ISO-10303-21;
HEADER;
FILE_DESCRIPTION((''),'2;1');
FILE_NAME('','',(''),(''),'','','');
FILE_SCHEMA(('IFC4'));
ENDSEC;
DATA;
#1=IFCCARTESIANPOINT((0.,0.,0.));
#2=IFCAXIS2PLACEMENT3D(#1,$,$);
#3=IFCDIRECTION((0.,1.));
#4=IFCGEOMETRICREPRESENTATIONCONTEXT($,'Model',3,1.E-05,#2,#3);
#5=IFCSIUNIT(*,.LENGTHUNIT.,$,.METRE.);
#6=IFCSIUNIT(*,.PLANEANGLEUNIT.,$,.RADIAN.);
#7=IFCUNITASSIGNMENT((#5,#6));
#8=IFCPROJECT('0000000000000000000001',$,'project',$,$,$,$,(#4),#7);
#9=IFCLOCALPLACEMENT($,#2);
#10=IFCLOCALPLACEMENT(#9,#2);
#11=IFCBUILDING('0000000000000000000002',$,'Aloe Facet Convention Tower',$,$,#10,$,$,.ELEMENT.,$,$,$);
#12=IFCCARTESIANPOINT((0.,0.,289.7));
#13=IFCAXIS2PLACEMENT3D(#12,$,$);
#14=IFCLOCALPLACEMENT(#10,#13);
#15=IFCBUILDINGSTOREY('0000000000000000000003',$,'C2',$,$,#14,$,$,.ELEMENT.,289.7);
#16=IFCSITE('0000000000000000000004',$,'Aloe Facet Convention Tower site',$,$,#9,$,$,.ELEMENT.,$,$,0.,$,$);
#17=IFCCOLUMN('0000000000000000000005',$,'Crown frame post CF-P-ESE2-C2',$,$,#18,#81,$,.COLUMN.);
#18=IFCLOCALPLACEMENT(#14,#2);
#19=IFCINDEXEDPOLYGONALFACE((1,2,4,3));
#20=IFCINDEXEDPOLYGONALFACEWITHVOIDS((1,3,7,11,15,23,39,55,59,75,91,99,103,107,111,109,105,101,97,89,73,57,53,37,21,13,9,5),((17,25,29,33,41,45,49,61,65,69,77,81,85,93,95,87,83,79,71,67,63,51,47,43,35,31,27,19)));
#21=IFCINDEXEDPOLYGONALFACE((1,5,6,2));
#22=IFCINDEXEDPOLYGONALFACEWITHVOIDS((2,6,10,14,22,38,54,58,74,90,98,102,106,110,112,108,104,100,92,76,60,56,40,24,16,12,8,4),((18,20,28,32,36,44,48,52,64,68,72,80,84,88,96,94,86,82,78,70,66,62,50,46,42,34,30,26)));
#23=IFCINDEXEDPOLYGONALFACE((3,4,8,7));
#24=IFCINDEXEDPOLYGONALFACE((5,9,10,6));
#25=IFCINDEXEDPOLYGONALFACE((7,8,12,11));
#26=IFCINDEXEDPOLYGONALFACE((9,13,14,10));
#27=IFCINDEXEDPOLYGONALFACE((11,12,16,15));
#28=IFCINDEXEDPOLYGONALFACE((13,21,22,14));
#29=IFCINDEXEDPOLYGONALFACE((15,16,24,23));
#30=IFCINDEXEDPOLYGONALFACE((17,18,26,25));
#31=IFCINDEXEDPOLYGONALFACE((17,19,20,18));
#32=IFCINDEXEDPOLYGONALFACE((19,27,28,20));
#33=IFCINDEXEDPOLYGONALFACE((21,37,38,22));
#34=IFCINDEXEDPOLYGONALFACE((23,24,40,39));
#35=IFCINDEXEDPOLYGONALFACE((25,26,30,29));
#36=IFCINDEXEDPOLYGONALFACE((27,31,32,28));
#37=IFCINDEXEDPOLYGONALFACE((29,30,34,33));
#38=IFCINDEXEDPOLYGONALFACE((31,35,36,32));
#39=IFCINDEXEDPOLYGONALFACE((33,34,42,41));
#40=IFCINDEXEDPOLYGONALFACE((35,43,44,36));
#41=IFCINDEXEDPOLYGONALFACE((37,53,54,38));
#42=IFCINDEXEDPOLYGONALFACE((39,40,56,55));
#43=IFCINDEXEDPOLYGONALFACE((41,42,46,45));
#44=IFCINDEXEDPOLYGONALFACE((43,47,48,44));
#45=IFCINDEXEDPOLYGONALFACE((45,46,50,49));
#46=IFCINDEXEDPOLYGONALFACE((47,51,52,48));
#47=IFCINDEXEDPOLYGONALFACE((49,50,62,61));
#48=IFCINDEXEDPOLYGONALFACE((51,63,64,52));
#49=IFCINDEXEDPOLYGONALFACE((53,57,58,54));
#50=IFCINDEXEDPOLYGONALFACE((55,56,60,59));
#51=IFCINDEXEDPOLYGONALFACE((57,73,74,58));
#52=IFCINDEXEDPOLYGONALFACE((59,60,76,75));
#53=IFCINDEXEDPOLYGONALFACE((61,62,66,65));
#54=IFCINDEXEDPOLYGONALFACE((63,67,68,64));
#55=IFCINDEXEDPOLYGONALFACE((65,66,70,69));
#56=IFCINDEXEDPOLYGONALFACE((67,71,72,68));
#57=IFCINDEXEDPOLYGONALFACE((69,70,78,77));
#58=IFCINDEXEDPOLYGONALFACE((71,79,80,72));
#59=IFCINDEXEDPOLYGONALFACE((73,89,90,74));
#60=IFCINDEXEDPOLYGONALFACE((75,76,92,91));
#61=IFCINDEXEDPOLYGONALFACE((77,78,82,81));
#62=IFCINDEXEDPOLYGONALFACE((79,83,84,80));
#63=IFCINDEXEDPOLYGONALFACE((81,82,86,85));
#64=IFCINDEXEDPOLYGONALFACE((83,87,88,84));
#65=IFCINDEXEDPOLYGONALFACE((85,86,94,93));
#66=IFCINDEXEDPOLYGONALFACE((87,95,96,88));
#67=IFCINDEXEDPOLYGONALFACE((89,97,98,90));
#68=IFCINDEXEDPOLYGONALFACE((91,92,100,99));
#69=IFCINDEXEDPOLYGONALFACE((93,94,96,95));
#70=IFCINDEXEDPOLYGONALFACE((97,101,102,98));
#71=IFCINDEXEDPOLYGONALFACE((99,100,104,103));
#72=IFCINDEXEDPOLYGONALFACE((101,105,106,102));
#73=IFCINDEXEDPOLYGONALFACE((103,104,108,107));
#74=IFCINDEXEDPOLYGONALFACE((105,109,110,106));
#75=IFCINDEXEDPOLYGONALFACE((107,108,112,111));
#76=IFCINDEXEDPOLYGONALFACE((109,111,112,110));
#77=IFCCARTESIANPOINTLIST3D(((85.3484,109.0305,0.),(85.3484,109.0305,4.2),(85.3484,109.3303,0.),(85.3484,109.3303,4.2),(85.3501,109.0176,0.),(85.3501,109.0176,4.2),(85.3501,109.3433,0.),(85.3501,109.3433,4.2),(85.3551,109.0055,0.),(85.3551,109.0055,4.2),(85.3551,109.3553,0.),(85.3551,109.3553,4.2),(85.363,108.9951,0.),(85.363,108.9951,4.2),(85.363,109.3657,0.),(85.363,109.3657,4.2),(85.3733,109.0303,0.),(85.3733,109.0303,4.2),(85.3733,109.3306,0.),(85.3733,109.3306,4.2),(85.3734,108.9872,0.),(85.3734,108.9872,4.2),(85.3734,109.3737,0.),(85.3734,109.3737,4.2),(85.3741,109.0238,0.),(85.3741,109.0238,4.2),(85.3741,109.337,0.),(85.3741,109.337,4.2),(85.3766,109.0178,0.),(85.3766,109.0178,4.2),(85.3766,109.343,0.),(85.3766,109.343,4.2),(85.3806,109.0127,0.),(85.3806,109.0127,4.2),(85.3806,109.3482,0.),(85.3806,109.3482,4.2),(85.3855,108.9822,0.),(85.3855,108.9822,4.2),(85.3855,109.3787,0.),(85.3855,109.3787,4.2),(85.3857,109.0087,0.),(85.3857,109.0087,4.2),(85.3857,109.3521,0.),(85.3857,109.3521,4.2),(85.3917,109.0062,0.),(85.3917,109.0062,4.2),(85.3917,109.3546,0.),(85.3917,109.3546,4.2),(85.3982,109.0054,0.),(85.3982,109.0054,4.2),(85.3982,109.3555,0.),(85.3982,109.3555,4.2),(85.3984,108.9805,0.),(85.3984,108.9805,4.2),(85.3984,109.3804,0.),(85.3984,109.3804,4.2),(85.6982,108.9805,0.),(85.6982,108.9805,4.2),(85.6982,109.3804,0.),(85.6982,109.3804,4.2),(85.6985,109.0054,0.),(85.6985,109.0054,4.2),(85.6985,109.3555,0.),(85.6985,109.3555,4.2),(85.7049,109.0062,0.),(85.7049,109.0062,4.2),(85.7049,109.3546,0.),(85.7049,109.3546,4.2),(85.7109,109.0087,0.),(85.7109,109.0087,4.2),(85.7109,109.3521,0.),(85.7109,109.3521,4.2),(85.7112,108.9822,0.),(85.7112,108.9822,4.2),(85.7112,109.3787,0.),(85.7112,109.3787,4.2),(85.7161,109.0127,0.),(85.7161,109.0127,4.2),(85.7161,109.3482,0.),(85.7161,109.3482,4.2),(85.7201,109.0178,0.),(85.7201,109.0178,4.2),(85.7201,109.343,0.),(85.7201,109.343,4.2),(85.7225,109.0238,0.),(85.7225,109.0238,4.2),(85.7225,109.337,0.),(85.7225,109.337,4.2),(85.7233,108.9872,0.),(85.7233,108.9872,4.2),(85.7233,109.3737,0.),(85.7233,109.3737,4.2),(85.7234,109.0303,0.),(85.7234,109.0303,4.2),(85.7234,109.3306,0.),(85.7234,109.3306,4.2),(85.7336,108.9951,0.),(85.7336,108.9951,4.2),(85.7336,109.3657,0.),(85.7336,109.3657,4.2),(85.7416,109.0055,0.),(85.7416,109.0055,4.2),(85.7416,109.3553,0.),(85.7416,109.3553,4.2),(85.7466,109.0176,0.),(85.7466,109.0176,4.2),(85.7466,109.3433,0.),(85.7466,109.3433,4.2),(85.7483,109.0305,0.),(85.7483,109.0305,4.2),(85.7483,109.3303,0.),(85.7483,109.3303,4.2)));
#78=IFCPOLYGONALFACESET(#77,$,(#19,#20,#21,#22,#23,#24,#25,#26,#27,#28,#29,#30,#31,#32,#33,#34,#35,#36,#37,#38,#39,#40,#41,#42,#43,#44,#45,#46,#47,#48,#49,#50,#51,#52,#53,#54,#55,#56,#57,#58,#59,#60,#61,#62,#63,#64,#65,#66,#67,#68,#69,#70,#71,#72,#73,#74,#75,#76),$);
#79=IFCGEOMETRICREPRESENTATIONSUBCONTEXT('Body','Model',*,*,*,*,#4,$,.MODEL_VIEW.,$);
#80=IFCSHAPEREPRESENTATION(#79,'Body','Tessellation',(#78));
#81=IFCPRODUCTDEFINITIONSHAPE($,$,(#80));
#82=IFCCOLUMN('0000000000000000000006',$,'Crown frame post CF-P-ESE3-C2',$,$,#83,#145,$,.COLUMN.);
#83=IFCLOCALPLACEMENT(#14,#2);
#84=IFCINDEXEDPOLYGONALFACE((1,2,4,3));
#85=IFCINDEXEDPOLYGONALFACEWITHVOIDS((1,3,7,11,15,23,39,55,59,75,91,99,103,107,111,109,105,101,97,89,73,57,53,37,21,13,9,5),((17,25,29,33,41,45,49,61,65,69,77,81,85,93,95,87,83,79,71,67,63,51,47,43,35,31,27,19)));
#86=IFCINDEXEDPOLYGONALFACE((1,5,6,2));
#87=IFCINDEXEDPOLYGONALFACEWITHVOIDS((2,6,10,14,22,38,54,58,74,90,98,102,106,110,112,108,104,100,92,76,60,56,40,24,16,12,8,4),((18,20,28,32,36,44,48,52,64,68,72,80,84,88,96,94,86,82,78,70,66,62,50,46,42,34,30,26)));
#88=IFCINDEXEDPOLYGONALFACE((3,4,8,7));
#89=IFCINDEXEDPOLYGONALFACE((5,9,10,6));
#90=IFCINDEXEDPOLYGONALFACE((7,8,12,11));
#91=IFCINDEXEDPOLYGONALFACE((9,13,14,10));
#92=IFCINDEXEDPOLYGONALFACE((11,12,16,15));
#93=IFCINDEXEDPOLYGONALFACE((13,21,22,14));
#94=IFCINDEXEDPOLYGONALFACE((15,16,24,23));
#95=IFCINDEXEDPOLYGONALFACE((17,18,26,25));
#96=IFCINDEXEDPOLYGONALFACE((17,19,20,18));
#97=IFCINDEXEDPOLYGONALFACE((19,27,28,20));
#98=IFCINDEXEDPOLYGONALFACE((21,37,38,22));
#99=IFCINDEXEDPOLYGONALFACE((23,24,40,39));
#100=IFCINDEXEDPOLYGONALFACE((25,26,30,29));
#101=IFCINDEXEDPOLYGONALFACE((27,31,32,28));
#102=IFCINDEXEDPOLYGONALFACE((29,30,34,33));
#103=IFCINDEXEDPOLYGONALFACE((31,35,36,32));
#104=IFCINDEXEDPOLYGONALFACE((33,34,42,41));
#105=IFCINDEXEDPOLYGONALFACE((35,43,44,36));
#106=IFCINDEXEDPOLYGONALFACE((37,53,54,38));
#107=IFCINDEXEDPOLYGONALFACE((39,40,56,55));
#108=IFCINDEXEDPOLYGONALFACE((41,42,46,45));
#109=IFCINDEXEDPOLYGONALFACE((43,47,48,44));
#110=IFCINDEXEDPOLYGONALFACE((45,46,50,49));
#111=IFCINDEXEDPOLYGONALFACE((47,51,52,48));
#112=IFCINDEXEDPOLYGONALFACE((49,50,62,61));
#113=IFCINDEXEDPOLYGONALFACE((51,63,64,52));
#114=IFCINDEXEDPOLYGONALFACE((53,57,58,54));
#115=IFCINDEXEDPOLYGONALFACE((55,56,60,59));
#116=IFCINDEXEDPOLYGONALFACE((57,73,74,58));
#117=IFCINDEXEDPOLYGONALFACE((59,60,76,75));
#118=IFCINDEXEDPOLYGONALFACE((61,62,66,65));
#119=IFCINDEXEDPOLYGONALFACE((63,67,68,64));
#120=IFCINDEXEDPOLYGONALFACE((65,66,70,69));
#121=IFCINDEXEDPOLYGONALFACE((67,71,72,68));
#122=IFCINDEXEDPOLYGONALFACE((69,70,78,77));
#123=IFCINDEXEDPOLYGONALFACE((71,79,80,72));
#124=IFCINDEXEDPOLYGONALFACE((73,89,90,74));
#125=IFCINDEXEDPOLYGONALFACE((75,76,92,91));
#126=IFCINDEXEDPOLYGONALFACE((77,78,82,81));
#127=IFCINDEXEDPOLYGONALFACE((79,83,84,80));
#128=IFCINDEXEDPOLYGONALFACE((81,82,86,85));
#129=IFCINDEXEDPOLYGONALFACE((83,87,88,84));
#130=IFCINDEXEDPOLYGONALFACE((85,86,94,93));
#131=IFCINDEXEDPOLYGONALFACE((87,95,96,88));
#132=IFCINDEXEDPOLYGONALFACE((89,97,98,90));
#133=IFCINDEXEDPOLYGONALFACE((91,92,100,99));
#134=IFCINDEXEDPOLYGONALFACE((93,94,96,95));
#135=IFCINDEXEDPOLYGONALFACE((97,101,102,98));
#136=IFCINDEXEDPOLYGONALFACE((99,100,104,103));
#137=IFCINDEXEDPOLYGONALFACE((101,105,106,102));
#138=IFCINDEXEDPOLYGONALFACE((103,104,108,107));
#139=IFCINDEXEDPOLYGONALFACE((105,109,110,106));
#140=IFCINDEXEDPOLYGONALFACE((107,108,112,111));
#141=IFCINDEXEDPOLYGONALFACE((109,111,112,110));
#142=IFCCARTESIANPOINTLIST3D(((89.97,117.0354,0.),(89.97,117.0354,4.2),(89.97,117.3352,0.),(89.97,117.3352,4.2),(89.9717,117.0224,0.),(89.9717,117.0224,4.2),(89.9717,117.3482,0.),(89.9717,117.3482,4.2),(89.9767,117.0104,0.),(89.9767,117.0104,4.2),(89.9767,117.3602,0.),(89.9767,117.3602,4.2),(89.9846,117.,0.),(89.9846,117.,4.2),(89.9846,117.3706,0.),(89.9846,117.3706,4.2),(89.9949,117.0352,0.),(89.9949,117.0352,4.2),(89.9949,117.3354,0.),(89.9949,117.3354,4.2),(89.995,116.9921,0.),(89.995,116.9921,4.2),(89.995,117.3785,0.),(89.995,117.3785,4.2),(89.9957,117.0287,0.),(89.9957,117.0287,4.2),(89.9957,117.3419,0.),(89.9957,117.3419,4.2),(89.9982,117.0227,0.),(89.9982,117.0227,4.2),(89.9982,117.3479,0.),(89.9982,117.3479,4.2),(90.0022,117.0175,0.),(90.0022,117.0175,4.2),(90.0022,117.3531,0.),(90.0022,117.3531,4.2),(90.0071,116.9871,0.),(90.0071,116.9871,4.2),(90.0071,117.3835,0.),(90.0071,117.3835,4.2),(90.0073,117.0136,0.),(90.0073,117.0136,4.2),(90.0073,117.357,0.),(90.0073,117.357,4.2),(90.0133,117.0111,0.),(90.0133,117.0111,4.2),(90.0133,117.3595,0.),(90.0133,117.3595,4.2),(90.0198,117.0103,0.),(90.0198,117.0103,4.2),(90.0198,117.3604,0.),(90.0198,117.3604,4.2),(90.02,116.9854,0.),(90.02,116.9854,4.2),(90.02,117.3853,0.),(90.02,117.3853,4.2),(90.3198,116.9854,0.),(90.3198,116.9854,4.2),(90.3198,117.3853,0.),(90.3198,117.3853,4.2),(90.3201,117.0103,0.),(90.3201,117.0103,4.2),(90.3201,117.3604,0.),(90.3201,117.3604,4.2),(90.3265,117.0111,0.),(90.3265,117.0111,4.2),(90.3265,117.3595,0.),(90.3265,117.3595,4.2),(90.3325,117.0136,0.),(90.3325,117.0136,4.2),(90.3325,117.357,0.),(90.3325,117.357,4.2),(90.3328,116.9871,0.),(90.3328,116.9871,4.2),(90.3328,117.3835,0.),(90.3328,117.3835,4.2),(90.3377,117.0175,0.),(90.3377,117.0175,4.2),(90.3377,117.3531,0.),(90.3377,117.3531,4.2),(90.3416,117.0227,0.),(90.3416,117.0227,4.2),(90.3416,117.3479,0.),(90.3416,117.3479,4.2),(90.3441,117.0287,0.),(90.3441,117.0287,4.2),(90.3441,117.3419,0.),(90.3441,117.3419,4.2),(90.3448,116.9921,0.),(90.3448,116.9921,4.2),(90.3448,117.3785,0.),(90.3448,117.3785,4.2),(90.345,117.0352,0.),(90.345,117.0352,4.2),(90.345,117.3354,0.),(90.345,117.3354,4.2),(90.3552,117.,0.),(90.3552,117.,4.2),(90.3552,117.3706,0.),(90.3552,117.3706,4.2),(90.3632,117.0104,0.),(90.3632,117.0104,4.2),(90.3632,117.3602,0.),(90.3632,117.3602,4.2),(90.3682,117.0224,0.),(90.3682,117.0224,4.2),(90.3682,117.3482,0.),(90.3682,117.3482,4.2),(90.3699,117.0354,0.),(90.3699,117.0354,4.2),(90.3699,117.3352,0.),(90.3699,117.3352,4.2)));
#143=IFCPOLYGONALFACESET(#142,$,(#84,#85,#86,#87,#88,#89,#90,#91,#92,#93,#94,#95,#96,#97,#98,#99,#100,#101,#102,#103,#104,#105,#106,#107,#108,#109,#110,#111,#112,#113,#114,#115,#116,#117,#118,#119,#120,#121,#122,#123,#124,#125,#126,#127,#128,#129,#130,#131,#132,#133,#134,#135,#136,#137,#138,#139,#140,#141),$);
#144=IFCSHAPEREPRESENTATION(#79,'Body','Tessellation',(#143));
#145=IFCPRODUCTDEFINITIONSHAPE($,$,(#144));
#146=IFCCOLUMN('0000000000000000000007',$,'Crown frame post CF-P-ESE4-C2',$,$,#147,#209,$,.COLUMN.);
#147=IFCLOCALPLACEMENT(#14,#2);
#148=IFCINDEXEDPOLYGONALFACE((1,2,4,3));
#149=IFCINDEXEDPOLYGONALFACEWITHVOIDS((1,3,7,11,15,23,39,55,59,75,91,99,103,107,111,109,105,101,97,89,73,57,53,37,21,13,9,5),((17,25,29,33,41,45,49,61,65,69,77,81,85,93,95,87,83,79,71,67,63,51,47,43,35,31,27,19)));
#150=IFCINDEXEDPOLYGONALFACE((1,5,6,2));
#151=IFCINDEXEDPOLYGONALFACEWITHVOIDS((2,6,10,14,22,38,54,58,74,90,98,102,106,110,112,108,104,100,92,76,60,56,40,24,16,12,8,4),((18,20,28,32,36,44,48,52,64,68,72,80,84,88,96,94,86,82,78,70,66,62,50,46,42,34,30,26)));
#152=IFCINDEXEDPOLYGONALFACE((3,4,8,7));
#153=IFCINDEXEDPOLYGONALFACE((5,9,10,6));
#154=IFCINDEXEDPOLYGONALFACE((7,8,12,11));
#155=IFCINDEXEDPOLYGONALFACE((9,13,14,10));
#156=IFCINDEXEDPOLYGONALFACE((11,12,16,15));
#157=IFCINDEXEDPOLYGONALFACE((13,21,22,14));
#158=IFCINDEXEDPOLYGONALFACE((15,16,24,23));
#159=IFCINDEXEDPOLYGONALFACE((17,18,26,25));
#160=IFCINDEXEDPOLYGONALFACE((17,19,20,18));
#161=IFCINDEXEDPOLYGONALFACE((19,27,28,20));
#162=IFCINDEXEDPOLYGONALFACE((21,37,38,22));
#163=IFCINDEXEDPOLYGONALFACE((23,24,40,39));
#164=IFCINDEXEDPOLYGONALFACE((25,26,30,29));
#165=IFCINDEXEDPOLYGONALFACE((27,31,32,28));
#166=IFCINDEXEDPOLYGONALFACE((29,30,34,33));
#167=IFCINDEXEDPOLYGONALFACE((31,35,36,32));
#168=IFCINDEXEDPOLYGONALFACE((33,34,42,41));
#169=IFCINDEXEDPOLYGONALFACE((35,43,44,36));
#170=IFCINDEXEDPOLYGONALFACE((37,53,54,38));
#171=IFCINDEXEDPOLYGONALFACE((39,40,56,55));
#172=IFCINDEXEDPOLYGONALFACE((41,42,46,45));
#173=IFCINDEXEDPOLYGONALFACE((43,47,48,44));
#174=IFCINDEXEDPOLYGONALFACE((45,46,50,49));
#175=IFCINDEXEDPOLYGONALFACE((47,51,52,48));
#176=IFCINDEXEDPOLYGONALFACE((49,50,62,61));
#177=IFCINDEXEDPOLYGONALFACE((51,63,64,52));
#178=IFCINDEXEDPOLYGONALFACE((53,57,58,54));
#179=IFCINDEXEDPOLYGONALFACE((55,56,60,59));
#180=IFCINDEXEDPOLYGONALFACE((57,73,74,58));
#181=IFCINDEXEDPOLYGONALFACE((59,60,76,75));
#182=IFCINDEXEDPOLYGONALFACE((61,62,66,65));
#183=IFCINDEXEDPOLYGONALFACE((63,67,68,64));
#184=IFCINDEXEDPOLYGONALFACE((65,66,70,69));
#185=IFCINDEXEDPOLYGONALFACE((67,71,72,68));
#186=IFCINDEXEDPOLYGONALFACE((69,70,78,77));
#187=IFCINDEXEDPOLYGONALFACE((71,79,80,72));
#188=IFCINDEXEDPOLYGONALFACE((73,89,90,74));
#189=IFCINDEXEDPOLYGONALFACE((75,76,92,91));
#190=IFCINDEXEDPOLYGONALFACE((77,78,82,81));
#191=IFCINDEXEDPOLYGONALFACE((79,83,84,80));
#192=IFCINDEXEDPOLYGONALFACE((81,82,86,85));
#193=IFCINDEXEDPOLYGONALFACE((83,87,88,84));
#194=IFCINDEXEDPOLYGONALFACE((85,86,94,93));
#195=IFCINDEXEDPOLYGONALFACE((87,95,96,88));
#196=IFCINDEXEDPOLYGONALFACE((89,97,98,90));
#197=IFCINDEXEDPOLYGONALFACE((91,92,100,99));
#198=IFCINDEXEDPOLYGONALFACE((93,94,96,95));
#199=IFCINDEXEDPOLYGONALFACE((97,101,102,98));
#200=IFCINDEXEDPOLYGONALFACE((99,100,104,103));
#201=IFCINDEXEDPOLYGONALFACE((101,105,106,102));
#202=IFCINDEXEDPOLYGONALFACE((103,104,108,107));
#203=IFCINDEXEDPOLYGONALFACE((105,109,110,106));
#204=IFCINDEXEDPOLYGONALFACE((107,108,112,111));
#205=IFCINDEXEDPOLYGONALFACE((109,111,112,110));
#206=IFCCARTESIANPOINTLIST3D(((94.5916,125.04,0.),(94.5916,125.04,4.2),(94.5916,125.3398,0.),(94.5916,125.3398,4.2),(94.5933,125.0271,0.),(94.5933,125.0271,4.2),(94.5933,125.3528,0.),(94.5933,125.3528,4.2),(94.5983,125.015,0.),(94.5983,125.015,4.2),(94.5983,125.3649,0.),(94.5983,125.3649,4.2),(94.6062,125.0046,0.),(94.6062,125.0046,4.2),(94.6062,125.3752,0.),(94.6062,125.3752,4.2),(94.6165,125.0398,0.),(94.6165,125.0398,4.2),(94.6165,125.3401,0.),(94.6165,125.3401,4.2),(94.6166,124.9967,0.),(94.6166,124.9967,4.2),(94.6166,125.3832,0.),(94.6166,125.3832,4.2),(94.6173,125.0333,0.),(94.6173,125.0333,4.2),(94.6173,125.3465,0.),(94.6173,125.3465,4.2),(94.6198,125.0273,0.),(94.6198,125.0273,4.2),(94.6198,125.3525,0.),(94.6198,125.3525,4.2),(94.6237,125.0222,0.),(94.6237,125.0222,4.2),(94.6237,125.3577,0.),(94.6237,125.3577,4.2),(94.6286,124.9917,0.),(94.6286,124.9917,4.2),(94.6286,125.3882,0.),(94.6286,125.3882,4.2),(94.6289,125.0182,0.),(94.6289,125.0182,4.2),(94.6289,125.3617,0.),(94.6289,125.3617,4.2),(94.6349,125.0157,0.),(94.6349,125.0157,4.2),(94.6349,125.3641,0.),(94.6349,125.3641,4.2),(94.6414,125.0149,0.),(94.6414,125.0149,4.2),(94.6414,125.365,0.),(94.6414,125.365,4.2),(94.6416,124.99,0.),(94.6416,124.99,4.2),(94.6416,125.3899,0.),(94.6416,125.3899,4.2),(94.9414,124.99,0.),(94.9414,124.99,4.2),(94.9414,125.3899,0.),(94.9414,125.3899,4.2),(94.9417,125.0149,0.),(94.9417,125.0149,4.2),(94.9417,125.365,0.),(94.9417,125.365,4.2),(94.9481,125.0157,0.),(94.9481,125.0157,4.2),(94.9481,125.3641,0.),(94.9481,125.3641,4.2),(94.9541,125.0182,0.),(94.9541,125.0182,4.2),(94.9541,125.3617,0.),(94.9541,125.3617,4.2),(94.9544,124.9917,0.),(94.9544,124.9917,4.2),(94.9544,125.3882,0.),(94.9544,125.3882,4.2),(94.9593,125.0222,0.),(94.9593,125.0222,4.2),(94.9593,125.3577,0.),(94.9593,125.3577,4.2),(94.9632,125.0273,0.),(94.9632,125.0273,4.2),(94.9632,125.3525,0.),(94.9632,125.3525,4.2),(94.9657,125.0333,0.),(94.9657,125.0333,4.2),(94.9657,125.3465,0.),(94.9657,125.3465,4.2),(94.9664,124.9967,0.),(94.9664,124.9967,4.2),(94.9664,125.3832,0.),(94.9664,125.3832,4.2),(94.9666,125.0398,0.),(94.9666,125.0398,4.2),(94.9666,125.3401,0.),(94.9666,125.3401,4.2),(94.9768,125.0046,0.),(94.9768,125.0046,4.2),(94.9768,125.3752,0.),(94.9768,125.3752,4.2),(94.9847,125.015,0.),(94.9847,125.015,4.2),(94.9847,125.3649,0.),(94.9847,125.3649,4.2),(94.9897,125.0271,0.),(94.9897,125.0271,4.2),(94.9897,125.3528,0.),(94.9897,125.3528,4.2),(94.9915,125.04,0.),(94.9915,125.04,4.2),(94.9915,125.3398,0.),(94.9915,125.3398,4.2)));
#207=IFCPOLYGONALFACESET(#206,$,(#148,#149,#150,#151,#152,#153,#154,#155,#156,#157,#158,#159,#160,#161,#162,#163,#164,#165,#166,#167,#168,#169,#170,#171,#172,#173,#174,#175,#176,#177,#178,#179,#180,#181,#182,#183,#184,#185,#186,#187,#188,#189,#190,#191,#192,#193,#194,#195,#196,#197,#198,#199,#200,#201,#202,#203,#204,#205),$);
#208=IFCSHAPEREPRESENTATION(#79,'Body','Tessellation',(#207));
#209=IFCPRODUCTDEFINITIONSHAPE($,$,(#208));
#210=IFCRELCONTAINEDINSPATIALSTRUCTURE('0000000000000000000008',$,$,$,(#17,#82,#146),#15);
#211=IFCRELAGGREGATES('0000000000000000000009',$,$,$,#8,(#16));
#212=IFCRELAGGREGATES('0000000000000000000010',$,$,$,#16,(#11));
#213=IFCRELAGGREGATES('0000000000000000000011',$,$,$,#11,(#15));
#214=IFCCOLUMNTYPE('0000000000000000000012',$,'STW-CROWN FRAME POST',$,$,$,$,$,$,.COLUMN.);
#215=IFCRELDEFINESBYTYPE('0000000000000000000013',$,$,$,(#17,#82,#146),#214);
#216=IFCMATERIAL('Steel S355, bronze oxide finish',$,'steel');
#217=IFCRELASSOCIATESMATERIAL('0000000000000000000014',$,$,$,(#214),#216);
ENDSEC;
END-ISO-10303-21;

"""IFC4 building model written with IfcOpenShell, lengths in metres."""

from ifc_helpers import new_model, si_unit, direction, frame, origin, origin_2d, place, context, subcontext, project, spatial, hollow_rectangle, extrude, material, material_profile, profile_set, type_object, element, save


model = new_model("IFC4")

# Units and contexts
model_context = context("Model", 3, precision=1e-05, world=origin(), true_north=direction((0.0, 1.0)))
body_context = subcontext(model_context, "Body", "Model", "MODEL_VIEW")
ifc_project = project(units=[si_unit("LENGTHUNIT", "METRE"), si_unit("PLANEANGLEUNIT", "RADIAN")], contexts=[model_context])

# Site, building, storey
site_placement = place(None, origin())
site = spatial("IfcSite", under=ifc_project, at=site_placement, Name="Aloe Facet Convention Tower site", CompositionType="ELEMENT", RefElevation=0.0)
building_placement = place(site_placement, origin())
building = spatial("IfcBuilding", under=site, at=building_placement, Name="Aloe Facet Convention Tower", CompositionType="ELEMENT")
storey_placement = place(building_placement, frame((0.0, 0.0, 289.7)))
storey = spatial("IfcBuildingStorey", under=building, at=storey_placement, Name="C2", CompositionType="ELEMENT", Elevation=289.7)

# Columns
ifc_material_1 = material(Name="Steel S355, bronze oxide finish", Category="steel")
ifc_material_profile_1 = material_profile(ifc_material_1, hollow_rectangle(XDim=0.3999, YDim=0.3999, WallThickness=0.0249, InnerFilletRadius=0.0249, OuterFilletRadius=0.05, at=origin_2d()), Name="SHS 400x400x25")
ifc_profile_set_1 = profile_set([ifc_material_profile_1], Name="Steel S355, bronze oxide finish")
column_type = type_object("IfcColumnType", Name="STW-CROWN FRAME POST", PredefinedType="COLUMN", material=ifc_profile_set_1)
for number, where, z_axis, x_axis, name in (
    (1, (85.5483, 109.1804, 0.0), (0.0, 0.0, 1.0), (1.0, 0.0, 0.0), "Crown frame post CF-P-ESE2-C2"),
    (2, (90.1699, 117.1853, 0.0), (0.0, 0.0, 1.0), (1.0, 0.0, 0.0), "Crown frame post CF-P-ESE3-C2"),
    (3, (94.7915, 125.1899, 0.0), (0.0, 0.0, 1.0), (1.0, 0.0, 0.0), "Crown frame post CF-P-ESE4-C2"),
):
    element("IfcColumn", number, at=place(storey_placement, frame(where, z_axis=z_axis, x_axis=x_axis)), inside=storey, type_object=column_type, Name=name, PredefinedType="COLUMN", context=body_context, shape_type="SweptSolid", body=[
        extrude(hollow_rectangle(XDim=0.3999, YDim=0.3999, WallThickness=0.0249, InnerFilletRadius=0.0249, OuterFilletRadius=0.05, at=origin_2d()), origin(), (0.0, 0.0, 1.0), 4.2),
    ])

save(model, "model.ifc")
